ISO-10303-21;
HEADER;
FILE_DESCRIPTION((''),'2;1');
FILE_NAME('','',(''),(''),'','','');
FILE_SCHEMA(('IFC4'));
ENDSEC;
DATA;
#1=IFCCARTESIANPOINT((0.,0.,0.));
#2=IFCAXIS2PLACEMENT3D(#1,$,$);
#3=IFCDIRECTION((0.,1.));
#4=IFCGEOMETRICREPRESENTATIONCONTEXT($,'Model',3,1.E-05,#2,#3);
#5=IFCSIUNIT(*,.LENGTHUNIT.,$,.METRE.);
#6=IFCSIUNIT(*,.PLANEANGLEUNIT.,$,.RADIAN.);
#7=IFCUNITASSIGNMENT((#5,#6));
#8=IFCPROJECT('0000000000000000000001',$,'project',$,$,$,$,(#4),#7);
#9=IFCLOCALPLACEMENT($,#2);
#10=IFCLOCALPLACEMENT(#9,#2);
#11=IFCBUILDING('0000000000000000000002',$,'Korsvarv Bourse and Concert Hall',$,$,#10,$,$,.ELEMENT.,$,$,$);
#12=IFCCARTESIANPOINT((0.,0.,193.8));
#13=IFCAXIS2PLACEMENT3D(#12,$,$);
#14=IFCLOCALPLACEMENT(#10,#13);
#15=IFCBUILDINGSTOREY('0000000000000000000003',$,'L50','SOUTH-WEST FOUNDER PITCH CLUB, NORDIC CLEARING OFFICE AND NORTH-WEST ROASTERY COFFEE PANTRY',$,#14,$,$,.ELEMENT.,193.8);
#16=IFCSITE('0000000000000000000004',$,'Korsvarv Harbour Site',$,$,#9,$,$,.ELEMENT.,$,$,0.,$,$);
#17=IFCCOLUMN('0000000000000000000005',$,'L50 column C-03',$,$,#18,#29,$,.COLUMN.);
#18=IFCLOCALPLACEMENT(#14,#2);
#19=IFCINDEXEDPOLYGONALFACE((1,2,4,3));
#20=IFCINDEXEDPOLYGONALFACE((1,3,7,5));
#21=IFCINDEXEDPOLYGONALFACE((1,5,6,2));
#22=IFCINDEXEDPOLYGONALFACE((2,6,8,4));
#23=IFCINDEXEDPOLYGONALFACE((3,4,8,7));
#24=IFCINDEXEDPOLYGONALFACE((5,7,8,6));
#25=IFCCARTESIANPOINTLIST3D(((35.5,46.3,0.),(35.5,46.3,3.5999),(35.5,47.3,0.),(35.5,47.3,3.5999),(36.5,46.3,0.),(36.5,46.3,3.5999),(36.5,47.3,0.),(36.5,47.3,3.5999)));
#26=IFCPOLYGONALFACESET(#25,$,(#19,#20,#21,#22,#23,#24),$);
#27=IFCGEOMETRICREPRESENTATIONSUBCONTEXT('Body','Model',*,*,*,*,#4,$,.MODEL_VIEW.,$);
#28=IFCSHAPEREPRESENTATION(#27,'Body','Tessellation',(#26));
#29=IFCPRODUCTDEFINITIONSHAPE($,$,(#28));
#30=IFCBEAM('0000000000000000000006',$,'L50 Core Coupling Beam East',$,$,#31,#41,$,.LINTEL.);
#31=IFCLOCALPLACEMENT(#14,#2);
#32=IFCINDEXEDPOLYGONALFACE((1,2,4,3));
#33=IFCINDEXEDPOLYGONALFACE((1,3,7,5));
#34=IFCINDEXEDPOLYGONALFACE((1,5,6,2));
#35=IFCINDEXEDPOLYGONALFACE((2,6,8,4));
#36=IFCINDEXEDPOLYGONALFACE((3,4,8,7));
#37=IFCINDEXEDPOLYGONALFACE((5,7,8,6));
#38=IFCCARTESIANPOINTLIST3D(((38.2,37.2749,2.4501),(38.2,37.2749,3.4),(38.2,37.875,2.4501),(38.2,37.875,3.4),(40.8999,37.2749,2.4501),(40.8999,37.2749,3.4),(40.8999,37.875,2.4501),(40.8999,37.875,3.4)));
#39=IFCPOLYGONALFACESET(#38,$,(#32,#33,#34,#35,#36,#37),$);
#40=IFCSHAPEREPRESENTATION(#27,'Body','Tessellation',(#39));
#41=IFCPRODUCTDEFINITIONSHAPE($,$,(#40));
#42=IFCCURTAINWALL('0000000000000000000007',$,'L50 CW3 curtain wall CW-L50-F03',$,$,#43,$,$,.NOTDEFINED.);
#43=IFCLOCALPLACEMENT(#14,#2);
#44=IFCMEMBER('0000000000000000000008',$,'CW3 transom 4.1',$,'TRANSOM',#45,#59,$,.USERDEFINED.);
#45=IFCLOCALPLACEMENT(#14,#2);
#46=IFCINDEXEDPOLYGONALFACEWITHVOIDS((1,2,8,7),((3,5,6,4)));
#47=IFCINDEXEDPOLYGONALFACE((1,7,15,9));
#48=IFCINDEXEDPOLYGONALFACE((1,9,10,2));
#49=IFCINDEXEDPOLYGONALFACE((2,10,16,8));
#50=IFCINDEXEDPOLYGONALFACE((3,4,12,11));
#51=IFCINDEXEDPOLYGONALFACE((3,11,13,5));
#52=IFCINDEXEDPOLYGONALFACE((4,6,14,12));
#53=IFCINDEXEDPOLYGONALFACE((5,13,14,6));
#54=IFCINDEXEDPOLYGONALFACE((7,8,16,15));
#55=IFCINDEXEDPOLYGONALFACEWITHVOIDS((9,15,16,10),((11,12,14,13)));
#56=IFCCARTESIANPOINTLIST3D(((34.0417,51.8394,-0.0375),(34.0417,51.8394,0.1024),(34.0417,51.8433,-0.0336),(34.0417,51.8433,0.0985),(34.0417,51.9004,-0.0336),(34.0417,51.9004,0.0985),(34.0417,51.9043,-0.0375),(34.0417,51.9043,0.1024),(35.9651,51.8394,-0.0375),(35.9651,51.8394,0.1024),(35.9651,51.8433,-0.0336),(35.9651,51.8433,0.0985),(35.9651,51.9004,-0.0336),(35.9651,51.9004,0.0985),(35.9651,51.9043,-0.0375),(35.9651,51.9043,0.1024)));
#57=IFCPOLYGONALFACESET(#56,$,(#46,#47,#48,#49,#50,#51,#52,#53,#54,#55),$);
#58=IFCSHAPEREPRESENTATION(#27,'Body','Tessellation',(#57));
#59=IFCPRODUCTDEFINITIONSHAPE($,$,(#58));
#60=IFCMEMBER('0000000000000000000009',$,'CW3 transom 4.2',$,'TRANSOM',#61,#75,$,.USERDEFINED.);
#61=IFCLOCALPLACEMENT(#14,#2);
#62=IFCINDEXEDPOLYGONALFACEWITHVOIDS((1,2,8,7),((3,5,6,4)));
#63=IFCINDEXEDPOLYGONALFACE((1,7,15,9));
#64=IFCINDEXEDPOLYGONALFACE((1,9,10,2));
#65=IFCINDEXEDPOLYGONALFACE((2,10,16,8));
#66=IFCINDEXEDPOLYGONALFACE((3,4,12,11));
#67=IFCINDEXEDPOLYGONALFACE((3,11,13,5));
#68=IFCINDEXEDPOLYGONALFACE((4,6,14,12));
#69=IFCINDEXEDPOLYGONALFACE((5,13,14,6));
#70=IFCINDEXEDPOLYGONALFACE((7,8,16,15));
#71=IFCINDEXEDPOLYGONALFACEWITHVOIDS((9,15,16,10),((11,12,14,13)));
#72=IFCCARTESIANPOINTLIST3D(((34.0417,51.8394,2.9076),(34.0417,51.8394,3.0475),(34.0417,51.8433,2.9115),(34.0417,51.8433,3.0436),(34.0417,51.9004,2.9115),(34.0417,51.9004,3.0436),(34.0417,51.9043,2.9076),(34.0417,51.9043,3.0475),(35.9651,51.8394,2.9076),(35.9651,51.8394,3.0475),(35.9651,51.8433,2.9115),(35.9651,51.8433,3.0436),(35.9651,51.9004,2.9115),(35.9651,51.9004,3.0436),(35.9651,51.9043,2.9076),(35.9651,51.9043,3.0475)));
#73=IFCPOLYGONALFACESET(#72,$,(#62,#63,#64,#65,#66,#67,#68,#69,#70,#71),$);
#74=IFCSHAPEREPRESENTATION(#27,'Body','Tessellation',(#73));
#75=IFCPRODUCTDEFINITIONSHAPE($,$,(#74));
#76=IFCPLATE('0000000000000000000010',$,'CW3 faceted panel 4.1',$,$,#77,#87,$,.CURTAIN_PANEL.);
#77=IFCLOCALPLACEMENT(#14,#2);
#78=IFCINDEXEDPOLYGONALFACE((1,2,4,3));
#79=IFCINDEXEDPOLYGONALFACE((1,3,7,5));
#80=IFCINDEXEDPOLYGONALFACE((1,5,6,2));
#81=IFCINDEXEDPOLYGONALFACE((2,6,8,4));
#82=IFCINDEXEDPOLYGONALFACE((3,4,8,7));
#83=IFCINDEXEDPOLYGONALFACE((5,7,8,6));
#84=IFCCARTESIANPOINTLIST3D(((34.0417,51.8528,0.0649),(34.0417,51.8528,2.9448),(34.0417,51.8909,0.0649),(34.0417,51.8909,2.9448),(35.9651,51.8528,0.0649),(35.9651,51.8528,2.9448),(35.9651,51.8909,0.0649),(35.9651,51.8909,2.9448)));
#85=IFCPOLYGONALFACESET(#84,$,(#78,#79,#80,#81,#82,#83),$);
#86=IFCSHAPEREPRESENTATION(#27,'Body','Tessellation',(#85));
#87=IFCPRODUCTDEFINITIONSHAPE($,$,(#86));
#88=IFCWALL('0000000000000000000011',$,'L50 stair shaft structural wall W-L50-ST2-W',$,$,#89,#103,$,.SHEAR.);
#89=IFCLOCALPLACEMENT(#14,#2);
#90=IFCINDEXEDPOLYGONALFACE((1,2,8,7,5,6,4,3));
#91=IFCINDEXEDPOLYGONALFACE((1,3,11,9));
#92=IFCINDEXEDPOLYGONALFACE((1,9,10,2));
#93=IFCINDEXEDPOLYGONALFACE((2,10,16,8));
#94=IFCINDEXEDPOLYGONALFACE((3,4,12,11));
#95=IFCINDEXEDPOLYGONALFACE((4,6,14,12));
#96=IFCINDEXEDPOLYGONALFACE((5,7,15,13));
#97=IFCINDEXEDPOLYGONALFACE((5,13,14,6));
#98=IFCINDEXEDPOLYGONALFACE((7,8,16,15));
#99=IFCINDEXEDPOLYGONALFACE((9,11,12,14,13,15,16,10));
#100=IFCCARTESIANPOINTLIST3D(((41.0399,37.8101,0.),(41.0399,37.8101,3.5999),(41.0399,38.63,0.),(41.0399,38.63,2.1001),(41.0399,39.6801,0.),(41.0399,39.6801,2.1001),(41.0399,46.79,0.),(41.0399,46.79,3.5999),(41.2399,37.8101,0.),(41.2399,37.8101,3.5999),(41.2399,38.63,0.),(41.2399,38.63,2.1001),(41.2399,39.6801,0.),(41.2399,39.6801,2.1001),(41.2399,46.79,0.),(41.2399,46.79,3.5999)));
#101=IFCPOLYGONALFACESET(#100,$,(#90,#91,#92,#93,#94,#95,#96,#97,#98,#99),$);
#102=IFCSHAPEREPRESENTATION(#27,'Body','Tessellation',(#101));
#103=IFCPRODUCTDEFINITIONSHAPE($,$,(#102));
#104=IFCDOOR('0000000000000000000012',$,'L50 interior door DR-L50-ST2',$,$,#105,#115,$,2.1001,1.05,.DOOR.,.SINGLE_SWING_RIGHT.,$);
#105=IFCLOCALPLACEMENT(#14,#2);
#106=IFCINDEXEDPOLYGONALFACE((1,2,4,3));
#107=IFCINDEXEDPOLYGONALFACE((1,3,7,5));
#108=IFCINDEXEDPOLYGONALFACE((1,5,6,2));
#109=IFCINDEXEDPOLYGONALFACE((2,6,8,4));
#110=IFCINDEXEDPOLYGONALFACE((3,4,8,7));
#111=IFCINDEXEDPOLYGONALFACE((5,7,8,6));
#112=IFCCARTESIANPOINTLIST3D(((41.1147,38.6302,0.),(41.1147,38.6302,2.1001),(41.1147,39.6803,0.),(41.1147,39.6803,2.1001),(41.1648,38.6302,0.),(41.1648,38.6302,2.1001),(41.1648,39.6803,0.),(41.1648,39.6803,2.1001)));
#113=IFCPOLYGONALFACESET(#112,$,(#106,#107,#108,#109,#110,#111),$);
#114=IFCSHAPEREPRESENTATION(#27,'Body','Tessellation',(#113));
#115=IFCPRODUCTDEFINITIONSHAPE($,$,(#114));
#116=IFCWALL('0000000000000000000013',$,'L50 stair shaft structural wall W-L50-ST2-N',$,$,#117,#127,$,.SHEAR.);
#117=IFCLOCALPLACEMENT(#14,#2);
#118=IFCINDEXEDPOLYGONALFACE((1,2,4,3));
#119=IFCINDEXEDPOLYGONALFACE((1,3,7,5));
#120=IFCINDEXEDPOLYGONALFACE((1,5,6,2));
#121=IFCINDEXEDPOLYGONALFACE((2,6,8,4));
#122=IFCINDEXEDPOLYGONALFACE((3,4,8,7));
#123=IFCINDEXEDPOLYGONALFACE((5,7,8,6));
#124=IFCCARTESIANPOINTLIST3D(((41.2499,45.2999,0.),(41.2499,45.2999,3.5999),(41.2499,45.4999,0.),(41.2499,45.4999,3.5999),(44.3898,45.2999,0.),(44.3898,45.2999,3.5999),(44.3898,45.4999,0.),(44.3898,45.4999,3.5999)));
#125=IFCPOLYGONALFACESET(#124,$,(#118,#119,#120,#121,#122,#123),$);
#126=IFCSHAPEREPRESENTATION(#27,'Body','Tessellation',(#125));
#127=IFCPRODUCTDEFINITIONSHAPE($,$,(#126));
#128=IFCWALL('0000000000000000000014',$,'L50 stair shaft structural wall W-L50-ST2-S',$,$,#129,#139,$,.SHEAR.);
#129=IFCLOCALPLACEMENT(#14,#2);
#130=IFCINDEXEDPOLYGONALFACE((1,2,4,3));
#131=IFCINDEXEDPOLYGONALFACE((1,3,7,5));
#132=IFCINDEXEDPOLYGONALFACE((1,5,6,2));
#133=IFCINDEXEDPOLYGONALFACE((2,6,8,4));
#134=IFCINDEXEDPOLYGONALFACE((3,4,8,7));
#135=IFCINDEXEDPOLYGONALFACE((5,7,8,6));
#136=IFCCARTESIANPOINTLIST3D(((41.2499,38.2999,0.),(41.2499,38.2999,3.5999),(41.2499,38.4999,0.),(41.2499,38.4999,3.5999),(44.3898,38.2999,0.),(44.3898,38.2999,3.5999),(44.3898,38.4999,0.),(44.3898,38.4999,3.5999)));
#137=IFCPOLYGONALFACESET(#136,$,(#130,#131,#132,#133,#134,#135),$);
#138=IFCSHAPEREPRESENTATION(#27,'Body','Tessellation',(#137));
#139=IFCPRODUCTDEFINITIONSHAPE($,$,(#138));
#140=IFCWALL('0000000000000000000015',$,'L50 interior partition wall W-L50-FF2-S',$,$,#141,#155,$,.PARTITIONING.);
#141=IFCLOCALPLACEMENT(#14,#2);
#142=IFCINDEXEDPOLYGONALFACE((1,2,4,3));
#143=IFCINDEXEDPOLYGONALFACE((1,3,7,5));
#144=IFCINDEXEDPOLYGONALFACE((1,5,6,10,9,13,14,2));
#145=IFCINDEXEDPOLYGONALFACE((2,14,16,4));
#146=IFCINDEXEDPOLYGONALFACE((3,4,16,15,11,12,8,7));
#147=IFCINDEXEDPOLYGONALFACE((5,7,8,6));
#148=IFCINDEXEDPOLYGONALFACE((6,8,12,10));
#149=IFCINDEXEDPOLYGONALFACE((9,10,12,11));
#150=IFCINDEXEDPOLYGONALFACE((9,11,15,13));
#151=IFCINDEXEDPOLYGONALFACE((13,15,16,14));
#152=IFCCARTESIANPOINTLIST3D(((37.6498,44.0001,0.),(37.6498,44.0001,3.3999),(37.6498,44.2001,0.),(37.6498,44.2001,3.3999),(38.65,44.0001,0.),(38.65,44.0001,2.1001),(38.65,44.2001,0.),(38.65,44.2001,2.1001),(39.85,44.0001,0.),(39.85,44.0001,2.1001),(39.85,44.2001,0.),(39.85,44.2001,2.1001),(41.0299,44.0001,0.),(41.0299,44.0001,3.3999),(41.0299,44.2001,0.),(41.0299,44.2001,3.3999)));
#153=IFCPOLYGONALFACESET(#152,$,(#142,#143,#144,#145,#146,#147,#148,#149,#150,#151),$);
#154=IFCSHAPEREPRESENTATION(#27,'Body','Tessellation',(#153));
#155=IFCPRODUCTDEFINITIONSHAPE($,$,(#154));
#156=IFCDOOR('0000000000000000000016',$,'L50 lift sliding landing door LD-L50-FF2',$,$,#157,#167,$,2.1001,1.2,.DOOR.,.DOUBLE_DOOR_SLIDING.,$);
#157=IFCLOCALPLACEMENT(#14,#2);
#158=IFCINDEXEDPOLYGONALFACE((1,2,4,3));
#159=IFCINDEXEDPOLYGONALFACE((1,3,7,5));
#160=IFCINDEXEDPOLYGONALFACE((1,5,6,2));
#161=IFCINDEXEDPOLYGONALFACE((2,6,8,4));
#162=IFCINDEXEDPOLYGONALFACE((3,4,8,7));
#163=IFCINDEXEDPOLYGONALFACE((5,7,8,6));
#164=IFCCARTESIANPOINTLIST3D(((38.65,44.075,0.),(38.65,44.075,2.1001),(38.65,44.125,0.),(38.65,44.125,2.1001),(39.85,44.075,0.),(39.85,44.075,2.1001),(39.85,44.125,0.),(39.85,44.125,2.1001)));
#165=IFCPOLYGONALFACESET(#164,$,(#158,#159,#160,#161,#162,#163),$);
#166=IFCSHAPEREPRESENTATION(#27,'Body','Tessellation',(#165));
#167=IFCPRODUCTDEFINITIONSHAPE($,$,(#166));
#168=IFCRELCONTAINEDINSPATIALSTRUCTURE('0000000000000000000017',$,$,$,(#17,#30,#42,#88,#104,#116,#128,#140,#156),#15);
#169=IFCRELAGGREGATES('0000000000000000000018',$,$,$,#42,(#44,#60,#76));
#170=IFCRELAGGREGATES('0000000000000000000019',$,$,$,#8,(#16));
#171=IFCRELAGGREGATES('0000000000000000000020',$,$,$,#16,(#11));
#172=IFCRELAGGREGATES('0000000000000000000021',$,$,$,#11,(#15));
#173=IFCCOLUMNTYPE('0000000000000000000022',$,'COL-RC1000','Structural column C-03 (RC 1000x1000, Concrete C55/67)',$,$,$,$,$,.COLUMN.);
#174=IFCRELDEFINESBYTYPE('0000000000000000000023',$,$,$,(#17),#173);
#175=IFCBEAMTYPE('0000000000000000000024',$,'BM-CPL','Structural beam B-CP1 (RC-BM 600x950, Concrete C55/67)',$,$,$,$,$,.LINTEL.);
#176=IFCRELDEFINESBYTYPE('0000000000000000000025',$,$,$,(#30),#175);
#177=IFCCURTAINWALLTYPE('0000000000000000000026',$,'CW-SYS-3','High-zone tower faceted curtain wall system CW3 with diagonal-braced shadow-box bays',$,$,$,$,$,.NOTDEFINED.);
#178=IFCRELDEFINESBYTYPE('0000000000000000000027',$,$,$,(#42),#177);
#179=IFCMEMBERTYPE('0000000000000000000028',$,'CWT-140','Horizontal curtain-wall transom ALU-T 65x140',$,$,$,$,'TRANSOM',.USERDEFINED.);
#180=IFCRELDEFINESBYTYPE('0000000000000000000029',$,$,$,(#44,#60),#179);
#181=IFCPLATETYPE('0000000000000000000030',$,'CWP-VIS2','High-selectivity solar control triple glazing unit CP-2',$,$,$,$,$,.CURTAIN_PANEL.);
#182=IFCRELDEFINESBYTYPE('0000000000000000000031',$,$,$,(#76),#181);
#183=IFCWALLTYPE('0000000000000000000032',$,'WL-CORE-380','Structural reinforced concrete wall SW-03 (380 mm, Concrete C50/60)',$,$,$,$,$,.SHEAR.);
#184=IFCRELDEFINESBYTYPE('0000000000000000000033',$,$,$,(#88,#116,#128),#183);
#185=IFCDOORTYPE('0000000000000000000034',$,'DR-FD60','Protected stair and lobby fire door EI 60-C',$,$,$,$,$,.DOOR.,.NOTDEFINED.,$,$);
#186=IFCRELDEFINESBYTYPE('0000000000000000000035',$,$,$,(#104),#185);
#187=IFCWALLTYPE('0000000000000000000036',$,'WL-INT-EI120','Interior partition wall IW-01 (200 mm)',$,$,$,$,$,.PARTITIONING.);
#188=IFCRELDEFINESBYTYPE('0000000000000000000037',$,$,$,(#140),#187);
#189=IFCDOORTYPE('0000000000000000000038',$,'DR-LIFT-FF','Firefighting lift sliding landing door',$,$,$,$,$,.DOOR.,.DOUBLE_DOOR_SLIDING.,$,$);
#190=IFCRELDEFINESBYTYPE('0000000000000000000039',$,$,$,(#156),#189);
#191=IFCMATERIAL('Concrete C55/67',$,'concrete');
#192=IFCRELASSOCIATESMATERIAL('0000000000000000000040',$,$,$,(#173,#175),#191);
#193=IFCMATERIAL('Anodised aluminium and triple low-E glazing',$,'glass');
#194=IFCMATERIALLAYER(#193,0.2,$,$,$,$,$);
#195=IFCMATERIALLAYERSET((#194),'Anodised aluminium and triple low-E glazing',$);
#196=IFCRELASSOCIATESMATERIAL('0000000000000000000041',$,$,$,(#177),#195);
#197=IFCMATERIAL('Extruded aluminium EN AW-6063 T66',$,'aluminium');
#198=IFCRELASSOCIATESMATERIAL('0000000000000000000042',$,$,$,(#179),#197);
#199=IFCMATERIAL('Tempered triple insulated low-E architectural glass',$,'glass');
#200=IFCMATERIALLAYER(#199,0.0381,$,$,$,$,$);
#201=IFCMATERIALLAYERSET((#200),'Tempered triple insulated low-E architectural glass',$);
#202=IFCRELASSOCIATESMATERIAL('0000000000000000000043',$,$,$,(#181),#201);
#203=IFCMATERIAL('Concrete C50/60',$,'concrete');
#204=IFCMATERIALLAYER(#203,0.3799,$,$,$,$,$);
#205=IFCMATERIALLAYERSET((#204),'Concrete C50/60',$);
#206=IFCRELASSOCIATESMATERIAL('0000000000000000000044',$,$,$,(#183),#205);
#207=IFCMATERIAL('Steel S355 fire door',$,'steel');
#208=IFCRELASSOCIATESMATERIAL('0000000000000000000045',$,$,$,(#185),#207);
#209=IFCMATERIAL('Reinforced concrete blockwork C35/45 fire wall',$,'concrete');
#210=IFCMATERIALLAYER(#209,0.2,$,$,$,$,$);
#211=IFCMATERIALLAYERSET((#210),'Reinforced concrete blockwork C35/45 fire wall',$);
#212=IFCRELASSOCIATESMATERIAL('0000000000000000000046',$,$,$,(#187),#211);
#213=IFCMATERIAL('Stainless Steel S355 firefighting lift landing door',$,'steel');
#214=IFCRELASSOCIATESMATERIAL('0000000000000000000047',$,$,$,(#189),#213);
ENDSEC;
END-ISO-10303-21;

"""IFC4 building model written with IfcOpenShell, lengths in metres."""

from ifc_helpers import new_model, si_unit, direction, frame, frame_2d, origin, origin_2d, place, context, subcontext, project, spatial, rectangle, hollow_rectangle, extrude, source, transform, mapped, material, layer, layer_set, material_profile, profile_set, type_object, element, fill, aggregate, save


model = new_model("IFC4")

# Units and contexts
model_context = context("Model", 3, precision=1e-05, world=origin(), true_north=direction((0.0, 1.0)))
body_context = subcontext(model_context, "Body", "Model", "MODEL_VIEW")
ifc_project = project(units=[si_unit("LENGTHUNIT", "METRE"), si_unit("PLANEANGLEUNIT", "RADIAN")], contexts=[model_context])

# Site, building, storey
site_placement = place(None, origin())
site = spatial("IfcSite", under=ifc_project, at=site_placement, Name="Korsvarv Harbour Site", CompositionType="ELEMENT", RefElevation=0.0)
building_placement = place(site_placement, origin())
building = spatial("IfcBuilding", under=site, at=building_placement, Name="Korsvarv Bourse and Concert Hall", CompositionType="ELEMENT")
storey_placement = place(building_placement, frame((0.0, 0.0, 193.8)))
storey = spatial("IfcBuildingStorey", under=building, at=storey_placement, Name="L50", Description="SOUTH-WEST FOUNDER PITCH CLUB, NORDIC CLEARING OFFICE AND NORTH-WEST ROASTERY COFFEE PANTRY", CompositionType="ELEMENT", Elevation=193.8)

# Column
ifc_material_1 = material(Name="Concrete C55/67", Category="concrete")
ifc_material_profile_1 = material_profile(ifc_material_1, rectangle(XDim=1.0, YDim=1.0, at=origin_2d()), Name="RC 1000x1000")
ifc_profile_set_1 = profile_set([ifc_material_profile_1], Name="Concrete C55/67")
column_type = type_object("IfcColumnType", Name="COL-RC1000", Description="Structural column C-03 (RC 1000x1000, Concrete C55/67)", PredefinedType="COLUMN", material=ifc_profile_set_1)
shared_shape_1 = source(origin(), body_context, "Body", "SweptSolid", [
    extrude(rectangle(XDim=1.0, YDim=1.0, at=origin_2d()), origin(), (0.0, 0.0, 1.0), 3.5999),
])
column_placement = place(storey_placement, frame((36.0, 46.8, 0.0), z_axis=(0.0, 0.0, 1.0), x_axis=(1.0, 0.0, 0.0)))
element("IfcColumn", 1, at=column_placement, inside=storey, type_object=column_type, Name="L50 column C-03", PredefinedType="COLUMN", context=body_context, shape_type="MappedRepresentation", body=[
    mapped(shared_shape_1, transform((0.0, 0.0, 0.0), scale=1.0)),
])

# Beam
ifc_material_profile_2 = material_profile(ifc_material_1, rectangle(XDim=0.6001, YDim=0.95, at=origin_2d()), Name="RC-BM 600x950")
ifc_profile_set_2 = profile_set([ifc_material_profile_2], Name="Concrete C55/67")
beam_type = type_object("IfcBeamType", Name="BM-CPL", Description="Structural beam B-CP1 (RC-BM 600x950, Concrete C55/67)", PredefinedType="LINTEL", material=ifc_profile_set_2)
shared_shape_2 = source(origin(), body_context, "Body", "SweptSolid", [
    extrude(rectangle(XDim=0.6001, YDim=0.95, at=origin_2d()), origin(), (0.0, 0.0, 1.0), 2.7),
])
beam_placement = place(storey_placement, frame((38.2, 37.575, 2.925), z_axis=(1.0, 0.0, 0.0), x_axis=(0.0, 1.0, 0.0)))
element("IfcBeam", 2, at=beam_placement, inside=storey, type_object=beam_type, Name="L50 Core Coupling Beam East", PredefinedType="LINTEL", context=body_context, shape_type="MappedRepresentation", body=[
    mapped(shared_shape_2, transform((0.0, 0.0, 0.0), scale=1.0)),
])

# Curtain wall, members, plate
ifc_material_2 = material(Name="Anodised aluminium and triple low-E glazing", Category="glass")
ifc_layer_1 = layer(ifc_material_2, 0.2)
ifc_layer_set_1 = layer_set([ifc_layer_1], Name="Anodised aluminium and triple low-E glazing")
curtain_wall_type = type_object("IfcCurtainWallType", Name="CW-SYS-3", Description="High-zone tower faceted curtain wall system CW3 with diagonal-braced shadow-box bays", PredefinedType="NOTDEFINED", material=ifc_layer_set_1)
curtain_wall_placement = place(storey_placement, origin())
curtain_wall = element("IfcCurtainWall", 3, at=curtain_wall_placement, inside=storey, type_object=curtain_wall_type, Name="L50 CW3 curtain wall CW-L50-F03", PredefinedType="NOTDEFINED")
ifc_material_3 = material(Name="Extruded aluminium EN AW-6063 T66", Category="aluminium")
ifc_material_profile_3 = material_profile(ifc_material_3, hollow_rectangle(XDim=0.0649, YDim=0.1399, WallThickness=0.0039, at=origin_2d()), Name="ALU-T 65x140")
ifc_profile_set_3 = profile_set([ifc_material_profile_3], Name="Extruded aluminium EN AW-6063 T66")
member_type = type_object("IfcMemberType", Name="CWT-140", Description="Horizontal curtain-wall transom ALU-T 65x140", ElementType="TRANSOM", PredefinedType="USERDEFINED", material=ifc_profile_set_3)
shared_shape_3 = source(origin(), body_context, "Body", "SweptSolid", [
    extrude(hollow_rectangle(XDim=0.0649, YDim=0.1399, WallThickness=0.0039, at=origin_2d()), origin(), (0.0, 0.0, 1.0), 1.9233),
])
member_1_placement = place(storey_placement, frame((35.9651, 51.8718, 0.0325), z_axis=(-1.0, 0.0, 0.0), x_axis=(0.0, -1.0, 0.0)))
member_1 = element("IfcMember", 4, at=member_1_placement, type_object=member_type, Name="CW3 transom 4.1", ObjectType="TRANSOM", PredefinedType="USERDEFINED", context=body_context, shape_type="MappedRepresentation", body=[
    mapped(shared_shape_3, transform((0.0, 0.0, 0.0), scale=1.0)),
])
member_2_placement = place(storey_placement, frame((35.9651, 51.8718, 2.9775), z_axis=(-1.0, 0.0, 0.0), x_axis=(0.0, -1.0, 0.0)))
member_2 = element("IfcMember", 5, at=member_2_placement, type_object=member_type, Name="CW3 transom 4.2", ObjectType="TRANSOM", PredefinedType="USERDEFINED", context=body_context, shape_type="MappedRepresentation", body=[
    mapped(shared_shape_3, transform((0.0, 0.0, 0.0), scale=1.0)),
])
ifc_material_4 = material(Name="Tempered triple insulated low-E architectural glass", Category="glass")
ifc_layer_2 = layer(ifc_material_4, 0.0381)
ifc_layer_set_2 = layer_set([ifc_layer_2], Name="Tempered triple insulated low-E architectural glass")
plate_type = type_object("IfcPlateType", Name="CWP-VIS2", Description="High-selectivity solar control triple glazing unit CP-2", PredefinedType="CURTAIN_PANEL", material=ifc_layer_set_2)
shared_shape_4 = source(origin(), body_context, "Body", "SweptSolid", [
    extrude(rectangle(XDim=1.9233, YDim=0.0381, at=origin_2d()), origin(), (0.0, 0.0, 1.0), 2.8799),
])
plate_placement = place(storey_placement, frame((35.0034, 51.8718, 0.0649), z_axis=(0.0, 0.0, 1.0), x_axis=(-1.0, 0.0, 0.0)))
plate = element("IfcPlate", 6, at=plate_placement, type_object=plate_type, Name="CW3 faceted panel 4.1", PredefinedType="CURTAIN_PANEL", context=body_context, shape_type="MappedRepresentation", body=[
    mapped(shared_shape_4, transform((0.0, 0.0, 0.0), scale=1.0)),
])
aggregate(curtain_wall, [member_1, member_2, plate])

# Wall, opening, door
ifc_material_5 = material(Name="Concrete C50/60", Category="concrete")
ifc_layer_3 = layer(ifc_material_5, 0.3799)
ifc_layer_set_3 = layer_set([ifc_layer_3], Name="Concrete C50/60")
wall_type_1 = type_object("IfcWallType", Name="WL-CORE-380", Description="Structural reinforced concrete wall SW-03 (380 mm, Concrete C50/60)", PredefinedType="SHEAR", material=ifc_layer_set_3)
wall_1_placement = place(storey_placement, frame((41.1399, 37.8101, 0.0), z_axis=(0.0, 0.0, 1.0), x_axis=(0.0, 1.0, 0.0)))
wall_1 = element("IfcWall", 7, at=wall_1_placement, inside=storey, type_object=wall_type_1, Name="L50 stair shaft structural wall W-L50-ST2-W", PredefinedType="SHEAR", context=body_context, shape_type="SweptSolid", body=[
    extrude(rectangle(XDim=8.98, YDim=0.2, at=frame_2d((4.49, 0.0))), origin(), (0.0, 0.0, 1.0), 3.5999),
])
opening_1_placement = place(wall_1_placement, frame((0.8201, 0.0, 0.0)))
opening_1 = element("IfcOpeningElement", 8, at=opening_1_placement, cuts=wall_1, PredefinedType="OPENING", context=body_context, shape_type="SweptSolid", body=[
    extrude(rectangle(XDim=1.05, YDim=2.1001, at=frame_2d((0.5249, 1.05))), frame((0.0, 0.1099, 0.0), z_axis=(0.0, -1.0, 0.0), x_axis=(1.0, 0.0, 0.0)), (0.0, 0.0, 1.0), 0.22),
])
ifc_material_6 = material(Name="Steel S355 fire door", Category="steel")
door_type_1 = type_object("IfcDoorType", Name="DR-FD60", Description="Protected stair and lobby fire door EI 60-C", OperationType="NOTDEFINED", PredefinedType="DOOR", material=ifc_material_6)
door_1_placement = place(opening_1_placement, frame((1.05, 0.0, 0.0), z_axis=(0.0, 0.0, 1.0), x_axis=(-1.0, 0.0, 0.0)))
door_1 = element("IfcDoor", 9, at=door_1_placement, inside=storey, type_object=door_type_1, Name="L50 interior door DR-L50-ST2", OperationType="SINGLE_SWING_RIGHT", OverallHeight=2.1001, OverallWidth=1.05, PredefinedType="DOOR", context=body_context, shape_type="SweptSolid", body=[
    extrude(rectangle(XDim=1.05, YDim=2.1001, at=frame_2d((0.5249, 1.05))), frame((0.0, 0.0249, 0.0), z_axis=(0.0, -1.0, 0.0), x_axis=(1.0, 0.0, 0.0)), (0.0, 0.0, 1.0), 0.05),
])
fill(opening_1, door_1)

# Walls
for number, where, z_axis, x_axis, name in (
    (10, (41.25, 45.3999, 0.0), (0.0, 0.0, 1.0), (1.0, 0.0, 0.0), "L50 stair shaft structural wall W-L50-ST2-N"),
    (11, (41.25, 38.3999, 0.0), (0.0, 0.0, 1.0), (1.0, 0.0, 0.0), "L50 stair shaft structural wall W-L50-ST2-S"),
):
    element("IfcWall", number, at=place(storey_placement, frame(where, z_axis=z_axis, x_axis=x_axis)), inside=storey, type_object=wall_type_1, Name=name, PredefinedType="SHEAR", context=body_context, shape_type="SweptSolid", body=[
        extrude(rectangle(XDim=3.1399, YDim=0.2, at=frame_2d((1.5698, 0.0))), origin(), (0.0, 0.0, 1.0), 3.5999),
    ])

# Wall, opening, door
ifc_material_7 = material(Name="Reinforced concrete blockwork C35/45 fire wall", Category="concrete")
ifc_layer_4 = layer(ifc_material_7, 0.2)
ifc_layer_set_4 = layer_set([ifc_layer_4], Name="Reinforced concrete blockwork C35/45 fire wall")
wall_type_2 = type_object("IfcWallType", Name="WL-INT-EI120", Description="Interior partition wall IW-01 (200 mm)", PredefinedType="PARTITIONING", material=ifc_layer_set_4)
wall_2_placement = place(storey_placement, frame((37.6499, 44.1001, 0.0), z_axis=(0.0, 0.0, 1.0), x_axis=(1.0, 0.0, 0.0)))
wall_2 = element("IfcWall", 12, at=wall_2_placement, inside=storey, type_object=wall_type_2, Name="L50 interior partition wall W-L50-FF2-S", PredefinedType="PARTITIONING", context=body_context, shape_type="SweptSolid", body=[
    extrude(rectangle(XDim=3.3801, YDim=0.2, at=frame_2d((1.6899, 0.0))), origin(), (0.0, 0.0, 1.0), 3.3999),
])
opening_2_placement = place(wall_2_placement, frame((1.0, 0.0, 0.0)))
opening_2 = element("IfcOpeningElement", 13, at=opening_2_placement, cuts=wall_2, PredefinedType="OPENING", context=body_context, shape_type="SweptSolid", body=[
    extrude(rectangle(XDim=1.2, YDim=2.1001, at=frame_2d((0.6001, 1.05))), frame((0.0, 0.1099, 0.0), z_axis=(0.0, -1.0, 0.0), x_axis=(1.0, 0.0, 0.0)), (0.0, 0.0, 1.0), 0.22),
])
ifc_material_8 = material(Name="Stainless Steel S355 firefighting lift landing door", Category="steel")
door_type_2 = type_object("IfcDoorType", Name="DR-LIFT-FF", Description="Firefighting lift sliding landing door", OperationType="DOUBLE_DOOR_SLIDING", PredefinedType="DOOR", material=ifc_material_8)
door_2_placement = place(opening_2_placement, origin())
door_2 = element("IfcDoor", 14, at=door_2_placement, inside=storey, type_object=door_type_2, Name="L50 lift sliding landing door LD-L50-FF2", OperationType="DOUBLE_DOOR_SLIDING", OverallHeight=2.1001, OverallWidth=1.2, PredefinedType="DOOR", context=body_context, shape_type="SweptSolid", body=[
    extrude(rectangle(XDim=1.2, YDim=2.1001, at=frame_2d((0.6001, 1.05))), frame((0.0, 0.0249, 0.0), z_axis=(0.0, -1.0, 0.0), x_axis=(1.0, 0.0, 0.0)), (0.0, 0.0, 1.0), 0.05),
])
fill(opening_2, door_2)

save(model, "model.ifc")
